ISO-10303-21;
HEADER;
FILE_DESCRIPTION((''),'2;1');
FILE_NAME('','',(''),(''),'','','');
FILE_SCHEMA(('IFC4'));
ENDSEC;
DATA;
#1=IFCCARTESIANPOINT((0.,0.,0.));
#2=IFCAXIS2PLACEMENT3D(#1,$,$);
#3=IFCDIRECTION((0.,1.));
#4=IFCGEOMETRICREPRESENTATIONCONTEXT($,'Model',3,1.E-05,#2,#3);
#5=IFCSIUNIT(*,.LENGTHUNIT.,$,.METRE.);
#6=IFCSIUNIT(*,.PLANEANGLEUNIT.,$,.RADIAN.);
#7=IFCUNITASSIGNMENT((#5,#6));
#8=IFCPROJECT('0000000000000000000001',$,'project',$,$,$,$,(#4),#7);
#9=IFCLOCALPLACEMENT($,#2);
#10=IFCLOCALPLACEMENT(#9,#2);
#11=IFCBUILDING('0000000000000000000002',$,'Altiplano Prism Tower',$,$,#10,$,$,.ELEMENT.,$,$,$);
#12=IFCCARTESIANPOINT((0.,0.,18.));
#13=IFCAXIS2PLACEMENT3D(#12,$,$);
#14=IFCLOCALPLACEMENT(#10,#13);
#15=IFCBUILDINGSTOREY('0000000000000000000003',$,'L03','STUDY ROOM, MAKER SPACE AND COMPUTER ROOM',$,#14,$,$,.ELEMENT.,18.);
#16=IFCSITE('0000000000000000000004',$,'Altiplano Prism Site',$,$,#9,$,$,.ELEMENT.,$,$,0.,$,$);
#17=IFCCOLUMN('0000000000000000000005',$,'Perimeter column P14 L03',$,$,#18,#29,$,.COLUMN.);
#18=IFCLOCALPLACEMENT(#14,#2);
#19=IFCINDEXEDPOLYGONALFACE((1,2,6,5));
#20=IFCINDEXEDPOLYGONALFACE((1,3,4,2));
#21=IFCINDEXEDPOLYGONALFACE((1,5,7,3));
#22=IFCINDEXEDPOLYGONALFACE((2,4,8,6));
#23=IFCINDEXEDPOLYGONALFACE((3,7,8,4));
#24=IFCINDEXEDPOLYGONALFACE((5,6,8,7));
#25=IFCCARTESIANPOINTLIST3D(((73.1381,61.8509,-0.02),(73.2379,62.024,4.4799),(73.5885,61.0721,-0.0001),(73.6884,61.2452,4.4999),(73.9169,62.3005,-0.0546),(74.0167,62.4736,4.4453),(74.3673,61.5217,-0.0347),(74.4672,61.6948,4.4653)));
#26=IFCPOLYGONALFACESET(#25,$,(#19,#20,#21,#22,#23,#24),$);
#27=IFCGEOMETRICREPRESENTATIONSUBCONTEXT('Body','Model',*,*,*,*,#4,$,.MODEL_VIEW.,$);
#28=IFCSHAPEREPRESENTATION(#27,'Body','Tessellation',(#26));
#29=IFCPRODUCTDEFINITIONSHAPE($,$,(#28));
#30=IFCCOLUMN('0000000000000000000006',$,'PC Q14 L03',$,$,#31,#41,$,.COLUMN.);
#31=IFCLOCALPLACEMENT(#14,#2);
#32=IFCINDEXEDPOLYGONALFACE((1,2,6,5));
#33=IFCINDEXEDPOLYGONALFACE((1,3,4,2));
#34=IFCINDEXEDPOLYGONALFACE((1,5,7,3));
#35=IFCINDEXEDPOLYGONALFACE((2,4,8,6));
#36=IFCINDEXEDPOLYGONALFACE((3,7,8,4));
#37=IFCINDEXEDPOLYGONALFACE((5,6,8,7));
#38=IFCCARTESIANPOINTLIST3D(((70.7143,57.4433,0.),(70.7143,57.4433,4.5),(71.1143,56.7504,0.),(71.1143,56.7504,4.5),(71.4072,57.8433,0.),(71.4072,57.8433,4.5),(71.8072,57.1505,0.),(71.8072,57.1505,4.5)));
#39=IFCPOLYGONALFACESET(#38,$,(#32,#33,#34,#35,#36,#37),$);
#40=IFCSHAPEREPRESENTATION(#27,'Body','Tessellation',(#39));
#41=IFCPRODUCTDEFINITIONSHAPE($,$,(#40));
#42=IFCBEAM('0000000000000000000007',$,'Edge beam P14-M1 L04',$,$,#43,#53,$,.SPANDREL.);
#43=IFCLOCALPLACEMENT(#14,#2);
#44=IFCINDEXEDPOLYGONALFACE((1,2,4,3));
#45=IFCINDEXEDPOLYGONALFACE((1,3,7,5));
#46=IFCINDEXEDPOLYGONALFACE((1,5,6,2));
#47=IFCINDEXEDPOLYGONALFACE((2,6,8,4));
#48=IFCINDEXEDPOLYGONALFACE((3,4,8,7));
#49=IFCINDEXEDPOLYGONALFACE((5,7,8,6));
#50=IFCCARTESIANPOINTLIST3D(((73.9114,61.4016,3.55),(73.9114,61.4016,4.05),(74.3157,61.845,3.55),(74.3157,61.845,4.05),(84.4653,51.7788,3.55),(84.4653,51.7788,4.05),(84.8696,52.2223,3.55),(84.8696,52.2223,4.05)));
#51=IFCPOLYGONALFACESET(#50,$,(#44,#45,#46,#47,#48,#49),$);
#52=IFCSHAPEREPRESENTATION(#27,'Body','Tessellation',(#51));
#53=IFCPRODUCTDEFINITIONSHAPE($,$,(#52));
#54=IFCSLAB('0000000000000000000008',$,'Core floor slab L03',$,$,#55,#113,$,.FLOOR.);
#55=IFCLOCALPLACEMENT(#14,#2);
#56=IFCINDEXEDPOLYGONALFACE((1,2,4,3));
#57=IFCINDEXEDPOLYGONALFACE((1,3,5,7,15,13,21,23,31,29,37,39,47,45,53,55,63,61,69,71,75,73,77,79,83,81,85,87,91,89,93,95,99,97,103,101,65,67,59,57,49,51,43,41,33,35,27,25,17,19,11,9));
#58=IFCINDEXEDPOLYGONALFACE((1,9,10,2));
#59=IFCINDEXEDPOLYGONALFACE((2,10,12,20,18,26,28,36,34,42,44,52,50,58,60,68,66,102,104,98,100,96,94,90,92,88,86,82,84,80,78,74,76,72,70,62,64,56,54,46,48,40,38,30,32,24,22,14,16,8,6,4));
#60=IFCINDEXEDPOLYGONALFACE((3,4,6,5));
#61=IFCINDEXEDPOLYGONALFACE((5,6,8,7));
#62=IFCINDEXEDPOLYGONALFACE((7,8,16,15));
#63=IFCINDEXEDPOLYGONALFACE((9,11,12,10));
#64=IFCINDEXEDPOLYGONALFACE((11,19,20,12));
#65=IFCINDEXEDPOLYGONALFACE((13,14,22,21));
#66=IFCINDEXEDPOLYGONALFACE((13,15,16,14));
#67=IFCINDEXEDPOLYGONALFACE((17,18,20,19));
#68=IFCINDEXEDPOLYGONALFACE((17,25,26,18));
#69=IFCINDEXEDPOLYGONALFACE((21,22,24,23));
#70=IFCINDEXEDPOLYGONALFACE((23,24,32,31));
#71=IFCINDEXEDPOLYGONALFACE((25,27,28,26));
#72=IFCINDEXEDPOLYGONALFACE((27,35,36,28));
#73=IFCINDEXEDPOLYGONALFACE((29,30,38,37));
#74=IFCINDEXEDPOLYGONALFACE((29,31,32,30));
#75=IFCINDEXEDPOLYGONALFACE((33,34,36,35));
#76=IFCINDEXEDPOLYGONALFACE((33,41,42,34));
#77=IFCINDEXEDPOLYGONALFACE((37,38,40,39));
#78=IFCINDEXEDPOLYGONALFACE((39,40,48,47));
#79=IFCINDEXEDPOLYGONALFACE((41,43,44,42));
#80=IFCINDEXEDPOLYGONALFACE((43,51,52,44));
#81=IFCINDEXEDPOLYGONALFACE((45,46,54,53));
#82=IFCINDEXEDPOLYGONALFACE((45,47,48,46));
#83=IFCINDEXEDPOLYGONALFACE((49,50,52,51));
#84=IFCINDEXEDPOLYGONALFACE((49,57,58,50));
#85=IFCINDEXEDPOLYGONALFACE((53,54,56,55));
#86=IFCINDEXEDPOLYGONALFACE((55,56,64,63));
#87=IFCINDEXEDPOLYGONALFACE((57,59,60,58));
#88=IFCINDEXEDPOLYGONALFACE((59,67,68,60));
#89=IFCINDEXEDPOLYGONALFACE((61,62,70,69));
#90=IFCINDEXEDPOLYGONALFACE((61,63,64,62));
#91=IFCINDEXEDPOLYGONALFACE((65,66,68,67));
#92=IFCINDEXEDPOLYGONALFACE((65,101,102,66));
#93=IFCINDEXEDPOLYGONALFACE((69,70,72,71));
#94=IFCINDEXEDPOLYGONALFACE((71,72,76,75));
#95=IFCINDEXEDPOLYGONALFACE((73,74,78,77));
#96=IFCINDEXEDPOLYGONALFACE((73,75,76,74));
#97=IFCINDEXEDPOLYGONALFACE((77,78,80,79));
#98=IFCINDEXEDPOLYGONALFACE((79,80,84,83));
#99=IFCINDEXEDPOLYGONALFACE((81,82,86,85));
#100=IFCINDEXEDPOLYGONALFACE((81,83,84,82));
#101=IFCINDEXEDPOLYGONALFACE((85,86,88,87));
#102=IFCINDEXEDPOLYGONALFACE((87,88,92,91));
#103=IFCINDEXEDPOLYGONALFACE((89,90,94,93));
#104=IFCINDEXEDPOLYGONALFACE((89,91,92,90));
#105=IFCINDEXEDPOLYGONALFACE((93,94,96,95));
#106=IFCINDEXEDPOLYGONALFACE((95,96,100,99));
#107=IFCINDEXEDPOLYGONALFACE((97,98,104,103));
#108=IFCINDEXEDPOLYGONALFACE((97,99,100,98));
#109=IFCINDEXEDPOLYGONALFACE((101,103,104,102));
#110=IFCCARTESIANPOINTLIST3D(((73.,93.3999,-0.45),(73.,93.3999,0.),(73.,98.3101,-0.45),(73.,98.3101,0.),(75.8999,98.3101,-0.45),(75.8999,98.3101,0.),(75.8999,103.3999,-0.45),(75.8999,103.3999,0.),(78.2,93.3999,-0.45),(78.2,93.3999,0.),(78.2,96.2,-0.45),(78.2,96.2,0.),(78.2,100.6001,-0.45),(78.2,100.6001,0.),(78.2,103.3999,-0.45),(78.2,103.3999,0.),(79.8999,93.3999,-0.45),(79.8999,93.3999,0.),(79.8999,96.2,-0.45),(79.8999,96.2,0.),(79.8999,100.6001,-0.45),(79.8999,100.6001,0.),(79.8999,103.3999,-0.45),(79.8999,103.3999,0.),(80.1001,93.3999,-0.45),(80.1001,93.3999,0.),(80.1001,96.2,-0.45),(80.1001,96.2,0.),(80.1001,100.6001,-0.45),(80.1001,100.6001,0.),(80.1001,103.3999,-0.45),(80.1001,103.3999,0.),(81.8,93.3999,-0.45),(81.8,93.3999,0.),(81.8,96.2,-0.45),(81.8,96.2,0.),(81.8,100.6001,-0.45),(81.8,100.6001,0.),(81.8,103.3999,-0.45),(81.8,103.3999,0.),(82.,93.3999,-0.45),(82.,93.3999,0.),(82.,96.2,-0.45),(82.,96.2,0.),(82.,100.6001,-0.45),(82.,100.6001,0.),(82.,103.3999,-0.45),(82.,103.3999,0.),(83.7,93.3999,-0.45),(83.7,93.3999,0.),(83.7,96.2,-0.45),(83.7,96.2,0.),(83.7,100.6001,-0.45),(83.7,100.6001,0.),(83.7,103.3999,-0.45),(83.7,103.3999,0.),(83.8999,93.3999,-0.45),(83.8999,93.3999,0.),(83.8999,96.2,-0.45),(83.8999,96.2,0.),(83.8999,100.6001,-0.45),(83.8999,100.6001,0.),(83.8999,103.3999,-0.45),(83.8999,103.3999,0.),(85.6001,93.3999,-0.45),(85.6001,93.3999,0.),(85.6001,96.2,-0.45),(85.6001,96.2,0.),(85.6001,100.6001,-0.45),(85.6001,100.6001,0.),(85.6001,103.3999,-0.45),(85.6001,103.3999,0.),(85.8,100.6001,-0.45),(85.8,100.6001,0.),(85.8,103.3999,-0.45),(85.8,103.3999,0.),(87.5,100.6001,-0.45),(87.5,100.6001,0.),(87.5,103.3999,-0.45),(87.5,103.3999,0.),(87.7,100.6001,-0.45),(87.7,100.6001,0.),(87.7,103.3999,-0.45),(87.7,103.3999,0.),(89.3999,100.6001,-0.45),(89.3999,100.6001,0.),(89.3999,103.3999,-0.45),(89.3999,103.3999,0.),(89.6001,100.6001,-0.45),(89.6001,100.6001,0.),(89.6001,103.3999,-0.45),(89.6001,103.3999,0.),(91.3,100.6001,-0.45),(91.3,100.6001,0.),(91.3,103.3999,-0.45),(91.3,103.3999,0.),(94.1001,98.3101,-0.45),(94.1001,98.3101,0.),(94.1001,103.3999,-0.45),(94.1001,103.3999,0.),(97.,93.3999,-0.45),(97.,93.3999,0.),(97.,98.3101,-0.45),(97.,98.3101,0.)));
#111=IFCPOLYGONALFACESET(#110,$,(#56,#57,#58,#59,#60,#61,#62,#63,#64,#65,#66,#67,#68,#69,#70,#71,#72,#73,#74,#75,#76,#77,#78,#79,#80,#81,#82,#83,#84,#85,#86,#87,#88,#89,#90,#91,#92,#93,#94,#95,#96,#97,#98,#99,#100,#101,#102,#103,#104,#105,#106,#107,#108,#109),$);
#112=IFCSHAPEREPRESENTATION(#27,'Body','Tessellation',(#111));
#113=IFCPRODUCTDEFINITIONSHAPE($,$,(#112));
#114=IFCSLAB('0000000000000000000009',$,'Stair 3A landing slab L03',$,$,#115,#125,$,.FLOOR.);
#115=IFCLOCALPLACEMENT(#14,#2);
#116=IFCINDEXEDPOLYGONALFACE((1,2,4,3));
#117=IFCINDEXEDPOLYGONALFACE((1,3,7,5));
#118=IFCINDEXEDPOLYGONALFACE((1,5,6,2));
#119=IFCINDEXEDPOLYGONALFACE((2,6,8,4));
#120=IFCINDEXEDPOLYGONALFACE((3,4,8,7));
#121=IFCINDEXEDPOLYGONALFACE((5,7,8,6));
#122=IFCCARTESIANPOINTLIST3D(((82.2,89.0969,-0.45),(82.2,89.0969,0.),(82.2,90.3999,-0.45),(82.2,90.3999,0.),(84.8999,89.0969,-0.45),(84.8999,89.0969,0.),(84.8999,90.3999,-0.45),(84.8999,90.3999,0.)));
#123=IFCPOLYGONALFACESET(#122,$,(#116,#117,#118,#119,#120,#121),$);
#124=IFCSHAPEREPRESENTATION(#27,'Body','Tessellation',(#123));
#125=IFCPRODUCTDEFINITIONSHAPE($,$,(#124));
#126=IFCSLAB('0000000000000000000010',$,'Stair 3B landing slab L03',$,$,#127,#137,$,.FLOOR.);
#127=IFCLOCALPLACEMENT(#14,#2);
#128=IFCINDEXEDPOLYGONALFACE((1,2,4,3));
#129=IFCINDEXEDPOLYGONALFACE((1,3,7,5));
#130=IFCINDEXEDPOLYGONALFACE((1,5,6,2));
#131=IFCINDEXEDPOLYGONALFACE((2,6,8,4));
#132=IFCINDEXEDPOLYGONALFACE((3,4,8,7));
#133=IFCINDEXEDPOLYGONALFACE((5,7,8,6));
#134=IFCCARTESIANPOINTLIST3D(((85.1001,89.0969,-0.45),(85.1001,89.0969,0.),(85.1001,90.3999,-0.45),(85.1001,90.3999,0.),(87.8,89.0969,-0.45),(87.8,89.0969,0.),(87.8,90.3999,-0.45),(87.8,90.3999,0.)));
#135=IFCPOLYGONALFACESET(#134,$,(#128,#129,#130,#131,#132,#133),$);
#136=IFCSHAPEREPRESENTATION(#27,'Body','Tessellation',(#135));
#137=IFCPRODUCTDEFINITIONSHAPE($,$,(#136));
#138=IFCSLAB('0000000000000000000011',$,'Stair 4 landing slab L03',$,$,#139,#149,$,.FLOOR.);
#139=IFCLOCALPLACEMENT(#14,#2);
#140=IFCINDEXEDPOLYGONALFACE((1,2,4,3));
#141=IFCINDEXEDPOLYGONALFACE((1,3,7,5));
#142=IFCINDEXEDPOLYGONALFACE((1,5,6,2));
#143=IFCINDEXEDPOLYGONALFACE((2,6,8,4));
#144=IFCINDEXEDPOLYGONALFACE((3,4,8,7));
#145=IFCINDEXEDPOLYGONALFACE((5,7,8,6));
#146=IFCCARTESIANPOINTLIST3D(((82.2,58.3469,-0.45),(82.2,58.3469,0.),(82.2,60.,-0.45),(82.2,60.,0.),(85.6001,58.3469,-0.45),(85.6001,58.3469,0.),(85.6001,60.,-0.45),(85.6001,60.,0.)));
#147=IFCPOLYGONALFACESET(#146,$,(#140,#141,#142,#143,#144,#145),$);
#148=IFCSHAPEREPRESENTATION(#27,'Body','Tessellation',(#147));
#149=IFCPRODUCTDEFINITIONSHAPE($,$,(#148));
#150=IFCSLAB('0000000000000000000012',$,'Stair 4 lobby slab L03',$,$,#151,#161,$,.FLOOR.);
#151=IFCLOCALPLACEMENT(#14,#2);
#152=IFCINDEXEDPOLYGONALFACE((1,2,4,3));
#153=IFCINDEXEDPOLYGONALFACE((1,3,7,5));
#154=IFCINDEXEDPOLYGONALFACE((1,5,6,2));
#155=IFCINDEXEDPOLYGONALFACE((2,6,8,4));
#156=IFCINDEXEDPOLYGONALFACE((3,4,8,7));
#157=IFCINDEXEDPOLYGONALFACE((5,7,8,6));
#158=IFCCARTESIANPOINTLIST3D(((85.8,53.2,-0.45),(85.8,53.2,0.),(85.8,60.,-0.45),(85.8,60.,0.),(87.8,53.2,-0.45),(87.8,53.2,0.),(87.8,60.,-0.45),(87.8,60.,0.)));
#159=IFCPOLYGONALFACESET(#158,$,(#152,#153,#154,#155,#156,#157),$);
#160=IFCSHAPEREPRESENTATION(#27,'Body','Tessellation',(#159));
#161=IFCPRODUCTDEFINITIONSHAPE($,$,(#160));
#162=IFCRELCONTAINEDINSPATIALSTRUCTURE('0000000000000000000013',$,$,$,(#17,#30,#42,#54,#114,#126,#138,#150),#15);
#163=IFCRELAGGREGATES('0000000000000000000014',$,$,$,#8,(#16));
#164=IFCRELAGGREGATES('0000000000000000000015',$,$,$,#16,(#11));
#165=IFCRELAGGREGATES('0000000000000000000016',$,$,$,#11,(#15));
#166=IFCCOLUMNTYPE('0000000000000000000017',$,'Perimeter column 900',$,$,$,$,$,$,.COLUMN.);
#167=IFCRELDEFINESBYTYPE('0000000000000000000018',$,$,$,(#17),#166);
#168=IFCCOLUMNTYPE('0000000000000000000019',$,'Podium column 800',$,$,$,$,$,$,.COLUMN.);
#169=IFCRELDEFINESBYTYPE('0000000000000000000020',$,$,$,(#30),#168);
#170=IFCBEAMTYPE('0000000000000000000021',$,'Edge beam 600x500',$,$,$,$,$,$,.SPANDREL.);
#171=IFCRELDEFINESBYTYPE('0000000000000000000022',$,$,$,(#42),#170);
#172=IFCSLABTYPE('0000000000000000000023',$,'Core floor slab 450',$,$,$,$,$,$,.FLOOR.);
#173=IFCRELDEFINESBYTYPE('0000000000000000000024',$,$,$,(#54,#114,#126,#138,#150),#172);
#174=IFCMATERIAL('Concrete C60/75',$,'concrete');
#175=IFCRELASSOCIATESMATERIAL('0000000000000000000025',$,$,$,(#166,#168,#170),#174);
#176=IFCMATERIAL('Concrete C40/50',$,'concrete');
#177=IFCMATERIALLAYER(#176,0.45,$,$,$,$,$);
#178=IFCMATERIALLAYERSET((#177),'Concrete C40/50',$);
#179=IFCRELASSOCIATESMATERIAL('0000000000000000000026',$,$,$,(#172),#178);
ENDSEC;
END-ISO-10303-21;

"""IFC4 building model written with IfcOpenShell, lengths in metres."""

from ifc_helpers import new_model, si_unit, direction, frame, origin, origin_2d, place, context, subcontext, project, spatial, polyline, rectangle, outline, extrude, material, layer, layer_set, material_profile, profile_set, type_object, element, save


model = new_model("IFC4")

# Units and contexts
model_context = context("Model", 3, precision=1e-05, world=origin(), true_north=direction((0.0, 1.0)))
body_context = subcontext(model_context, "Body", "Model", "MODEL_VIEW")
ifc_project = project(units=[si_unit("LENGTHUNIT", "METRE"), si_unit("PLANEANGLEUNIT", "RADIAN")], contexts=[model_context])

# Site, building, storey
site_placement = place(None, origin())
site = spatial("IfcSite", under=ifc_project, at=site_placement, Name="Altiplano Prism Site", CompositionType="ELEMENT", RefElevation=0.0)
building_placement = place(site_placement, origin())
building = spatial("IfcBuilding", under=site, at=building_placement, Name="Altiplano Prism Tower", CompositionType="ELEMENT")
storey_placement = place(building_placement, frame((0.0, 0.0, 18.0)))
storey = spatial("IfcBuildingStorey", under=building, at=storey_placement, Name="L03", Description="STUDY ROOM, MAKER SPACE AND COMPUTER ROOM", CompositionType="ELEMENT", Elevation=18.0)

# Columns
ifc_material_1 = material(Name="Concrete C60/75", Category="concrete")
ifc_material_profile_1 = material_profile(ifc_material_1, rectangle(XDim=0.8999, YDim=0.8999, at=origin_2d()), Name="Perimeter column 900")
ifc_profile_set_1 = profile_set([ifc_material_profile_1], Name="Concrete C60/75")
column_type_1 = type_object("IfcColumnType", Name="Perimeter column 900", PredefinedType="COLUMN", material=ifc_profile_set_1)
column_1_placement = place(storey_placement, frame((73.7527, 61.6863, -0.0273), z_axis=(0.022168, 0.038428, 0.999015), x_axis=(-0.865419, -0.499573, 0.03842)))
element("IfcColumn", 1, at=column_1_placement, inside=storey, type_object=column_type_1, Name="Perimeter column P14 L03", PredefinedType="COLUMN", context=body_context, shape_type="SweptSolid", body=[
    extrude(rectangle(XDim=0.8999, YDim=0.8999, at=origin_2d()), origin(), (0.0, 0.0, 1.0), 4.5044),
])
ifc_material_profile_2 = material_profile(ifc_material_1, rectangle(XDim=0.8, YDim=0.8, at=origin_2d()), Name="Podium column 800")
ifc_profile_set_2 = profile_set([ifc_material_profile_2], Name="Concrete C60/75")
column_type_2 = type_object("IfcColumnType", Name="Podium column 800", PredefinedType="COLUMN", material=ifc_profile_set_2)
column_2_placement = place(storey_placement, frame((71.2607, 57.2969, 0.0), z_axis=(0.0, 0.0, 1.0), x_axis=(0.866025, 0.5, 0.0)))
element("IfcColumn", 2, at=column_2_placement, inside=storey, type_object=column_type_2, Name="PC Q14 L03", PredefinedType="COLUMN", context=body_context, shape_type="SweptSolid", body=[
    extrude(rectangle(XDim=0.8, YDim=0.8, at=origin_2d()), origin(), (0.0, 0.0, 1.0), 4.5),
])

# Beam
ifc_material_profile_3 = material_profile(ifc_material_1, rectangle(XDim=0.6001, YDim=0.5, at=origin_2d()), Name="Edge beam 600x500")
ifc_profile_set_3 = profile_set([ifc_material_profile_3], Name="Concrete C60/75")
beam_type = type_object("IfcBeamType", Name="Edge beam 600x500", PredefinedType="SPANDREL", material=ifc_profile_set_3)
beam_placement = place(storey_placement, frame((74.1135, 61.6233, 3.8), z_axis=(0.738953, -0.673757, 0.0), x_axis=(0.673757, 0.738953, 0.0)))
element("IfcBeam", 3, at=beam_placement, inside=storey, type_object=beam_type, Name="Edge beam P14-M1 L04", PredefinedType="SPANDREL", context=body_context, shape_type="SweptSolid", body=[
    extrude(rectangle(XDim=0.6001, YDim=0.5, at=origin_2d()), origin(), (0.0, 0.0, 1.0), 14.2822),
])

# Slabs
ifc_material_2 = material(Name="Concrete C40/50", Category="concrete")
ifc_layer_1 = layer(ifc_material_2, 0.45)
ifc_layer_set_1 = layer_set([ifc_layer_1], Name="Concrete C40/50")
slab_type_1 = type_object("IfcSlabType", Name="Core floor slab 450", PredefinedType="FLOOR", material=ifc_layer_set_1)
slab_1_placement = place(storey_placement, frame((0.0, 0.0, -0.45)))
element("IfcSlab", 4, at=slab_1_placement, inside=storey, type_object=slab_type_1, Name="Core floor slab L03", PredefinedType="FLOOR", context=body_context, shape_type="SweptSolid", body=[
    extrude(outline(polyline([(97.0, 98.3101), (94.1001, 98.3101), (94.1001, 103.3999), (91.3, 103.3999), (91.3, 100.6001), (89.6001, 100.6001), (89.6001, 103.3999), (89.3999, 103.3999), (89.3999, 100.6001), (87.7, 100.6001), (87.7, 103.3999), (87.5, 103.3999), (87.5, 100.6001), (85.8, 100.6001), (85.8, 103.3999), (85.6001, 103.3999), (85.6001, 100.6001), (83.8999, 100.6001), (83.8999, 103.3999), (83.7, 103.3999), (83.7, 100.6001), (82.0, 100.6001), (82.0, 103.3999), (81.8, 103.3999), (81.8, 100.6001), (80.1001, 100.6001), (80.1001, 103.3999), (79.8999, 103.3999), (79.8999, 100.6001), (78.2, 100.6001), (78.2, 103.3999), (75.8999, 103.3999), (75.8999, 98.3101), (73.0, 98.3101), (73.0, 93.3999), (78.2, 93.3999), (78.2, 96.2), (79.8999, 96.2), (79.8999, 93.3999), (80.1001, 93.3999), (80.1001, 96.2), (81.8, 96.2), (81.8, 93.3999), (82.0, 93.3999), (82.0, 96.2), (83.7, 96.2), (83.7, 93.3999), (83.8999, 93.3999), (83.8999, 96.2), (85.6001, 96.2), (85.6001, 93.3999), (97.0, 93.3999), (97.0, 98.3101)])), origin(), (0.0, 0.0, 1.0), 0.45),
])
slab_2_placement = place(storey_placement, frame((0.0, 0.0, -0.45)))
element("IfcSlab", 5, at=slab_2_placement, inside=storey, type_object=slab_type_1, Name="Stair 3A landing slab L03", PredefinedType="FLOOR", context=body_context, shape_type="SweptSolid", body=[
    extrude(outline(polyline([(82.2, 89.0969), (84.8999, 89.0969), (84.8999, 90.3999), (82.2, 90.3999), (82.2, 89.0969)])), origin(), (0.0, 0.0, 1.0), 0.45),
])
slab_3_placement = place(storey_placement, frame((0.0, 0.0, -0.45)))
element("IfcSlab", 6, at=slab_3_placement, inside=storey, type_object=slab_type_1, Name="Stair 3B landing slab L03", PredefinedType="FLOOR", context=body_context, shape_type="SweptSolid", body=[
    extrude(outline(polyline([(85.1001, 89.0969), (87.8, 89.0969), (87.8, 90.3999), (85.1001, 90.3999), (85.1001, 89.0969)])), origin(), (0.0, 0.0, 1.0), 0.45),
])
slab_4_placement = place(storey_placement, frame((0.0, 0.0, -0.45)))
element("IfcSlab", 7, at=slab_4_placement, inside=storey, type_object=slab_type_1, Name="Stair 4 landing slab L03", PredefinedType="FLOOR", context=body_context, shape_type="SweptSolid", body=[
    extrude(outline(polyline([(82.2, 58.3469), (85.6001, 58.3469), (85.6001, 60.0), (82.2, 60.0), (82.2, 58.3469)])), origin(), (0.0, 0.0, 1.0), 0.45),
])
slab_5_placement = place(storey_placement, frame((0.0, 0.0, -0.45)))
element("IfcSlab", 8, at=slab_5_placement, inside=storey, type_object=slab_type_1, Name="Stair 4 lobby slab L03", PredefinedType="FLOOR", context=body_context, shape_type="SweptSolid", body=[
    extrude(outline(polyline([(85.8, 53.2), (87.8, 53.2), (87.8, 60.0), (85.8, 60.0), (85.8, 53.2)])), origin(), (0.0, 0.0, 1.0), 0.45),
])

save(model, "model.ifc")
